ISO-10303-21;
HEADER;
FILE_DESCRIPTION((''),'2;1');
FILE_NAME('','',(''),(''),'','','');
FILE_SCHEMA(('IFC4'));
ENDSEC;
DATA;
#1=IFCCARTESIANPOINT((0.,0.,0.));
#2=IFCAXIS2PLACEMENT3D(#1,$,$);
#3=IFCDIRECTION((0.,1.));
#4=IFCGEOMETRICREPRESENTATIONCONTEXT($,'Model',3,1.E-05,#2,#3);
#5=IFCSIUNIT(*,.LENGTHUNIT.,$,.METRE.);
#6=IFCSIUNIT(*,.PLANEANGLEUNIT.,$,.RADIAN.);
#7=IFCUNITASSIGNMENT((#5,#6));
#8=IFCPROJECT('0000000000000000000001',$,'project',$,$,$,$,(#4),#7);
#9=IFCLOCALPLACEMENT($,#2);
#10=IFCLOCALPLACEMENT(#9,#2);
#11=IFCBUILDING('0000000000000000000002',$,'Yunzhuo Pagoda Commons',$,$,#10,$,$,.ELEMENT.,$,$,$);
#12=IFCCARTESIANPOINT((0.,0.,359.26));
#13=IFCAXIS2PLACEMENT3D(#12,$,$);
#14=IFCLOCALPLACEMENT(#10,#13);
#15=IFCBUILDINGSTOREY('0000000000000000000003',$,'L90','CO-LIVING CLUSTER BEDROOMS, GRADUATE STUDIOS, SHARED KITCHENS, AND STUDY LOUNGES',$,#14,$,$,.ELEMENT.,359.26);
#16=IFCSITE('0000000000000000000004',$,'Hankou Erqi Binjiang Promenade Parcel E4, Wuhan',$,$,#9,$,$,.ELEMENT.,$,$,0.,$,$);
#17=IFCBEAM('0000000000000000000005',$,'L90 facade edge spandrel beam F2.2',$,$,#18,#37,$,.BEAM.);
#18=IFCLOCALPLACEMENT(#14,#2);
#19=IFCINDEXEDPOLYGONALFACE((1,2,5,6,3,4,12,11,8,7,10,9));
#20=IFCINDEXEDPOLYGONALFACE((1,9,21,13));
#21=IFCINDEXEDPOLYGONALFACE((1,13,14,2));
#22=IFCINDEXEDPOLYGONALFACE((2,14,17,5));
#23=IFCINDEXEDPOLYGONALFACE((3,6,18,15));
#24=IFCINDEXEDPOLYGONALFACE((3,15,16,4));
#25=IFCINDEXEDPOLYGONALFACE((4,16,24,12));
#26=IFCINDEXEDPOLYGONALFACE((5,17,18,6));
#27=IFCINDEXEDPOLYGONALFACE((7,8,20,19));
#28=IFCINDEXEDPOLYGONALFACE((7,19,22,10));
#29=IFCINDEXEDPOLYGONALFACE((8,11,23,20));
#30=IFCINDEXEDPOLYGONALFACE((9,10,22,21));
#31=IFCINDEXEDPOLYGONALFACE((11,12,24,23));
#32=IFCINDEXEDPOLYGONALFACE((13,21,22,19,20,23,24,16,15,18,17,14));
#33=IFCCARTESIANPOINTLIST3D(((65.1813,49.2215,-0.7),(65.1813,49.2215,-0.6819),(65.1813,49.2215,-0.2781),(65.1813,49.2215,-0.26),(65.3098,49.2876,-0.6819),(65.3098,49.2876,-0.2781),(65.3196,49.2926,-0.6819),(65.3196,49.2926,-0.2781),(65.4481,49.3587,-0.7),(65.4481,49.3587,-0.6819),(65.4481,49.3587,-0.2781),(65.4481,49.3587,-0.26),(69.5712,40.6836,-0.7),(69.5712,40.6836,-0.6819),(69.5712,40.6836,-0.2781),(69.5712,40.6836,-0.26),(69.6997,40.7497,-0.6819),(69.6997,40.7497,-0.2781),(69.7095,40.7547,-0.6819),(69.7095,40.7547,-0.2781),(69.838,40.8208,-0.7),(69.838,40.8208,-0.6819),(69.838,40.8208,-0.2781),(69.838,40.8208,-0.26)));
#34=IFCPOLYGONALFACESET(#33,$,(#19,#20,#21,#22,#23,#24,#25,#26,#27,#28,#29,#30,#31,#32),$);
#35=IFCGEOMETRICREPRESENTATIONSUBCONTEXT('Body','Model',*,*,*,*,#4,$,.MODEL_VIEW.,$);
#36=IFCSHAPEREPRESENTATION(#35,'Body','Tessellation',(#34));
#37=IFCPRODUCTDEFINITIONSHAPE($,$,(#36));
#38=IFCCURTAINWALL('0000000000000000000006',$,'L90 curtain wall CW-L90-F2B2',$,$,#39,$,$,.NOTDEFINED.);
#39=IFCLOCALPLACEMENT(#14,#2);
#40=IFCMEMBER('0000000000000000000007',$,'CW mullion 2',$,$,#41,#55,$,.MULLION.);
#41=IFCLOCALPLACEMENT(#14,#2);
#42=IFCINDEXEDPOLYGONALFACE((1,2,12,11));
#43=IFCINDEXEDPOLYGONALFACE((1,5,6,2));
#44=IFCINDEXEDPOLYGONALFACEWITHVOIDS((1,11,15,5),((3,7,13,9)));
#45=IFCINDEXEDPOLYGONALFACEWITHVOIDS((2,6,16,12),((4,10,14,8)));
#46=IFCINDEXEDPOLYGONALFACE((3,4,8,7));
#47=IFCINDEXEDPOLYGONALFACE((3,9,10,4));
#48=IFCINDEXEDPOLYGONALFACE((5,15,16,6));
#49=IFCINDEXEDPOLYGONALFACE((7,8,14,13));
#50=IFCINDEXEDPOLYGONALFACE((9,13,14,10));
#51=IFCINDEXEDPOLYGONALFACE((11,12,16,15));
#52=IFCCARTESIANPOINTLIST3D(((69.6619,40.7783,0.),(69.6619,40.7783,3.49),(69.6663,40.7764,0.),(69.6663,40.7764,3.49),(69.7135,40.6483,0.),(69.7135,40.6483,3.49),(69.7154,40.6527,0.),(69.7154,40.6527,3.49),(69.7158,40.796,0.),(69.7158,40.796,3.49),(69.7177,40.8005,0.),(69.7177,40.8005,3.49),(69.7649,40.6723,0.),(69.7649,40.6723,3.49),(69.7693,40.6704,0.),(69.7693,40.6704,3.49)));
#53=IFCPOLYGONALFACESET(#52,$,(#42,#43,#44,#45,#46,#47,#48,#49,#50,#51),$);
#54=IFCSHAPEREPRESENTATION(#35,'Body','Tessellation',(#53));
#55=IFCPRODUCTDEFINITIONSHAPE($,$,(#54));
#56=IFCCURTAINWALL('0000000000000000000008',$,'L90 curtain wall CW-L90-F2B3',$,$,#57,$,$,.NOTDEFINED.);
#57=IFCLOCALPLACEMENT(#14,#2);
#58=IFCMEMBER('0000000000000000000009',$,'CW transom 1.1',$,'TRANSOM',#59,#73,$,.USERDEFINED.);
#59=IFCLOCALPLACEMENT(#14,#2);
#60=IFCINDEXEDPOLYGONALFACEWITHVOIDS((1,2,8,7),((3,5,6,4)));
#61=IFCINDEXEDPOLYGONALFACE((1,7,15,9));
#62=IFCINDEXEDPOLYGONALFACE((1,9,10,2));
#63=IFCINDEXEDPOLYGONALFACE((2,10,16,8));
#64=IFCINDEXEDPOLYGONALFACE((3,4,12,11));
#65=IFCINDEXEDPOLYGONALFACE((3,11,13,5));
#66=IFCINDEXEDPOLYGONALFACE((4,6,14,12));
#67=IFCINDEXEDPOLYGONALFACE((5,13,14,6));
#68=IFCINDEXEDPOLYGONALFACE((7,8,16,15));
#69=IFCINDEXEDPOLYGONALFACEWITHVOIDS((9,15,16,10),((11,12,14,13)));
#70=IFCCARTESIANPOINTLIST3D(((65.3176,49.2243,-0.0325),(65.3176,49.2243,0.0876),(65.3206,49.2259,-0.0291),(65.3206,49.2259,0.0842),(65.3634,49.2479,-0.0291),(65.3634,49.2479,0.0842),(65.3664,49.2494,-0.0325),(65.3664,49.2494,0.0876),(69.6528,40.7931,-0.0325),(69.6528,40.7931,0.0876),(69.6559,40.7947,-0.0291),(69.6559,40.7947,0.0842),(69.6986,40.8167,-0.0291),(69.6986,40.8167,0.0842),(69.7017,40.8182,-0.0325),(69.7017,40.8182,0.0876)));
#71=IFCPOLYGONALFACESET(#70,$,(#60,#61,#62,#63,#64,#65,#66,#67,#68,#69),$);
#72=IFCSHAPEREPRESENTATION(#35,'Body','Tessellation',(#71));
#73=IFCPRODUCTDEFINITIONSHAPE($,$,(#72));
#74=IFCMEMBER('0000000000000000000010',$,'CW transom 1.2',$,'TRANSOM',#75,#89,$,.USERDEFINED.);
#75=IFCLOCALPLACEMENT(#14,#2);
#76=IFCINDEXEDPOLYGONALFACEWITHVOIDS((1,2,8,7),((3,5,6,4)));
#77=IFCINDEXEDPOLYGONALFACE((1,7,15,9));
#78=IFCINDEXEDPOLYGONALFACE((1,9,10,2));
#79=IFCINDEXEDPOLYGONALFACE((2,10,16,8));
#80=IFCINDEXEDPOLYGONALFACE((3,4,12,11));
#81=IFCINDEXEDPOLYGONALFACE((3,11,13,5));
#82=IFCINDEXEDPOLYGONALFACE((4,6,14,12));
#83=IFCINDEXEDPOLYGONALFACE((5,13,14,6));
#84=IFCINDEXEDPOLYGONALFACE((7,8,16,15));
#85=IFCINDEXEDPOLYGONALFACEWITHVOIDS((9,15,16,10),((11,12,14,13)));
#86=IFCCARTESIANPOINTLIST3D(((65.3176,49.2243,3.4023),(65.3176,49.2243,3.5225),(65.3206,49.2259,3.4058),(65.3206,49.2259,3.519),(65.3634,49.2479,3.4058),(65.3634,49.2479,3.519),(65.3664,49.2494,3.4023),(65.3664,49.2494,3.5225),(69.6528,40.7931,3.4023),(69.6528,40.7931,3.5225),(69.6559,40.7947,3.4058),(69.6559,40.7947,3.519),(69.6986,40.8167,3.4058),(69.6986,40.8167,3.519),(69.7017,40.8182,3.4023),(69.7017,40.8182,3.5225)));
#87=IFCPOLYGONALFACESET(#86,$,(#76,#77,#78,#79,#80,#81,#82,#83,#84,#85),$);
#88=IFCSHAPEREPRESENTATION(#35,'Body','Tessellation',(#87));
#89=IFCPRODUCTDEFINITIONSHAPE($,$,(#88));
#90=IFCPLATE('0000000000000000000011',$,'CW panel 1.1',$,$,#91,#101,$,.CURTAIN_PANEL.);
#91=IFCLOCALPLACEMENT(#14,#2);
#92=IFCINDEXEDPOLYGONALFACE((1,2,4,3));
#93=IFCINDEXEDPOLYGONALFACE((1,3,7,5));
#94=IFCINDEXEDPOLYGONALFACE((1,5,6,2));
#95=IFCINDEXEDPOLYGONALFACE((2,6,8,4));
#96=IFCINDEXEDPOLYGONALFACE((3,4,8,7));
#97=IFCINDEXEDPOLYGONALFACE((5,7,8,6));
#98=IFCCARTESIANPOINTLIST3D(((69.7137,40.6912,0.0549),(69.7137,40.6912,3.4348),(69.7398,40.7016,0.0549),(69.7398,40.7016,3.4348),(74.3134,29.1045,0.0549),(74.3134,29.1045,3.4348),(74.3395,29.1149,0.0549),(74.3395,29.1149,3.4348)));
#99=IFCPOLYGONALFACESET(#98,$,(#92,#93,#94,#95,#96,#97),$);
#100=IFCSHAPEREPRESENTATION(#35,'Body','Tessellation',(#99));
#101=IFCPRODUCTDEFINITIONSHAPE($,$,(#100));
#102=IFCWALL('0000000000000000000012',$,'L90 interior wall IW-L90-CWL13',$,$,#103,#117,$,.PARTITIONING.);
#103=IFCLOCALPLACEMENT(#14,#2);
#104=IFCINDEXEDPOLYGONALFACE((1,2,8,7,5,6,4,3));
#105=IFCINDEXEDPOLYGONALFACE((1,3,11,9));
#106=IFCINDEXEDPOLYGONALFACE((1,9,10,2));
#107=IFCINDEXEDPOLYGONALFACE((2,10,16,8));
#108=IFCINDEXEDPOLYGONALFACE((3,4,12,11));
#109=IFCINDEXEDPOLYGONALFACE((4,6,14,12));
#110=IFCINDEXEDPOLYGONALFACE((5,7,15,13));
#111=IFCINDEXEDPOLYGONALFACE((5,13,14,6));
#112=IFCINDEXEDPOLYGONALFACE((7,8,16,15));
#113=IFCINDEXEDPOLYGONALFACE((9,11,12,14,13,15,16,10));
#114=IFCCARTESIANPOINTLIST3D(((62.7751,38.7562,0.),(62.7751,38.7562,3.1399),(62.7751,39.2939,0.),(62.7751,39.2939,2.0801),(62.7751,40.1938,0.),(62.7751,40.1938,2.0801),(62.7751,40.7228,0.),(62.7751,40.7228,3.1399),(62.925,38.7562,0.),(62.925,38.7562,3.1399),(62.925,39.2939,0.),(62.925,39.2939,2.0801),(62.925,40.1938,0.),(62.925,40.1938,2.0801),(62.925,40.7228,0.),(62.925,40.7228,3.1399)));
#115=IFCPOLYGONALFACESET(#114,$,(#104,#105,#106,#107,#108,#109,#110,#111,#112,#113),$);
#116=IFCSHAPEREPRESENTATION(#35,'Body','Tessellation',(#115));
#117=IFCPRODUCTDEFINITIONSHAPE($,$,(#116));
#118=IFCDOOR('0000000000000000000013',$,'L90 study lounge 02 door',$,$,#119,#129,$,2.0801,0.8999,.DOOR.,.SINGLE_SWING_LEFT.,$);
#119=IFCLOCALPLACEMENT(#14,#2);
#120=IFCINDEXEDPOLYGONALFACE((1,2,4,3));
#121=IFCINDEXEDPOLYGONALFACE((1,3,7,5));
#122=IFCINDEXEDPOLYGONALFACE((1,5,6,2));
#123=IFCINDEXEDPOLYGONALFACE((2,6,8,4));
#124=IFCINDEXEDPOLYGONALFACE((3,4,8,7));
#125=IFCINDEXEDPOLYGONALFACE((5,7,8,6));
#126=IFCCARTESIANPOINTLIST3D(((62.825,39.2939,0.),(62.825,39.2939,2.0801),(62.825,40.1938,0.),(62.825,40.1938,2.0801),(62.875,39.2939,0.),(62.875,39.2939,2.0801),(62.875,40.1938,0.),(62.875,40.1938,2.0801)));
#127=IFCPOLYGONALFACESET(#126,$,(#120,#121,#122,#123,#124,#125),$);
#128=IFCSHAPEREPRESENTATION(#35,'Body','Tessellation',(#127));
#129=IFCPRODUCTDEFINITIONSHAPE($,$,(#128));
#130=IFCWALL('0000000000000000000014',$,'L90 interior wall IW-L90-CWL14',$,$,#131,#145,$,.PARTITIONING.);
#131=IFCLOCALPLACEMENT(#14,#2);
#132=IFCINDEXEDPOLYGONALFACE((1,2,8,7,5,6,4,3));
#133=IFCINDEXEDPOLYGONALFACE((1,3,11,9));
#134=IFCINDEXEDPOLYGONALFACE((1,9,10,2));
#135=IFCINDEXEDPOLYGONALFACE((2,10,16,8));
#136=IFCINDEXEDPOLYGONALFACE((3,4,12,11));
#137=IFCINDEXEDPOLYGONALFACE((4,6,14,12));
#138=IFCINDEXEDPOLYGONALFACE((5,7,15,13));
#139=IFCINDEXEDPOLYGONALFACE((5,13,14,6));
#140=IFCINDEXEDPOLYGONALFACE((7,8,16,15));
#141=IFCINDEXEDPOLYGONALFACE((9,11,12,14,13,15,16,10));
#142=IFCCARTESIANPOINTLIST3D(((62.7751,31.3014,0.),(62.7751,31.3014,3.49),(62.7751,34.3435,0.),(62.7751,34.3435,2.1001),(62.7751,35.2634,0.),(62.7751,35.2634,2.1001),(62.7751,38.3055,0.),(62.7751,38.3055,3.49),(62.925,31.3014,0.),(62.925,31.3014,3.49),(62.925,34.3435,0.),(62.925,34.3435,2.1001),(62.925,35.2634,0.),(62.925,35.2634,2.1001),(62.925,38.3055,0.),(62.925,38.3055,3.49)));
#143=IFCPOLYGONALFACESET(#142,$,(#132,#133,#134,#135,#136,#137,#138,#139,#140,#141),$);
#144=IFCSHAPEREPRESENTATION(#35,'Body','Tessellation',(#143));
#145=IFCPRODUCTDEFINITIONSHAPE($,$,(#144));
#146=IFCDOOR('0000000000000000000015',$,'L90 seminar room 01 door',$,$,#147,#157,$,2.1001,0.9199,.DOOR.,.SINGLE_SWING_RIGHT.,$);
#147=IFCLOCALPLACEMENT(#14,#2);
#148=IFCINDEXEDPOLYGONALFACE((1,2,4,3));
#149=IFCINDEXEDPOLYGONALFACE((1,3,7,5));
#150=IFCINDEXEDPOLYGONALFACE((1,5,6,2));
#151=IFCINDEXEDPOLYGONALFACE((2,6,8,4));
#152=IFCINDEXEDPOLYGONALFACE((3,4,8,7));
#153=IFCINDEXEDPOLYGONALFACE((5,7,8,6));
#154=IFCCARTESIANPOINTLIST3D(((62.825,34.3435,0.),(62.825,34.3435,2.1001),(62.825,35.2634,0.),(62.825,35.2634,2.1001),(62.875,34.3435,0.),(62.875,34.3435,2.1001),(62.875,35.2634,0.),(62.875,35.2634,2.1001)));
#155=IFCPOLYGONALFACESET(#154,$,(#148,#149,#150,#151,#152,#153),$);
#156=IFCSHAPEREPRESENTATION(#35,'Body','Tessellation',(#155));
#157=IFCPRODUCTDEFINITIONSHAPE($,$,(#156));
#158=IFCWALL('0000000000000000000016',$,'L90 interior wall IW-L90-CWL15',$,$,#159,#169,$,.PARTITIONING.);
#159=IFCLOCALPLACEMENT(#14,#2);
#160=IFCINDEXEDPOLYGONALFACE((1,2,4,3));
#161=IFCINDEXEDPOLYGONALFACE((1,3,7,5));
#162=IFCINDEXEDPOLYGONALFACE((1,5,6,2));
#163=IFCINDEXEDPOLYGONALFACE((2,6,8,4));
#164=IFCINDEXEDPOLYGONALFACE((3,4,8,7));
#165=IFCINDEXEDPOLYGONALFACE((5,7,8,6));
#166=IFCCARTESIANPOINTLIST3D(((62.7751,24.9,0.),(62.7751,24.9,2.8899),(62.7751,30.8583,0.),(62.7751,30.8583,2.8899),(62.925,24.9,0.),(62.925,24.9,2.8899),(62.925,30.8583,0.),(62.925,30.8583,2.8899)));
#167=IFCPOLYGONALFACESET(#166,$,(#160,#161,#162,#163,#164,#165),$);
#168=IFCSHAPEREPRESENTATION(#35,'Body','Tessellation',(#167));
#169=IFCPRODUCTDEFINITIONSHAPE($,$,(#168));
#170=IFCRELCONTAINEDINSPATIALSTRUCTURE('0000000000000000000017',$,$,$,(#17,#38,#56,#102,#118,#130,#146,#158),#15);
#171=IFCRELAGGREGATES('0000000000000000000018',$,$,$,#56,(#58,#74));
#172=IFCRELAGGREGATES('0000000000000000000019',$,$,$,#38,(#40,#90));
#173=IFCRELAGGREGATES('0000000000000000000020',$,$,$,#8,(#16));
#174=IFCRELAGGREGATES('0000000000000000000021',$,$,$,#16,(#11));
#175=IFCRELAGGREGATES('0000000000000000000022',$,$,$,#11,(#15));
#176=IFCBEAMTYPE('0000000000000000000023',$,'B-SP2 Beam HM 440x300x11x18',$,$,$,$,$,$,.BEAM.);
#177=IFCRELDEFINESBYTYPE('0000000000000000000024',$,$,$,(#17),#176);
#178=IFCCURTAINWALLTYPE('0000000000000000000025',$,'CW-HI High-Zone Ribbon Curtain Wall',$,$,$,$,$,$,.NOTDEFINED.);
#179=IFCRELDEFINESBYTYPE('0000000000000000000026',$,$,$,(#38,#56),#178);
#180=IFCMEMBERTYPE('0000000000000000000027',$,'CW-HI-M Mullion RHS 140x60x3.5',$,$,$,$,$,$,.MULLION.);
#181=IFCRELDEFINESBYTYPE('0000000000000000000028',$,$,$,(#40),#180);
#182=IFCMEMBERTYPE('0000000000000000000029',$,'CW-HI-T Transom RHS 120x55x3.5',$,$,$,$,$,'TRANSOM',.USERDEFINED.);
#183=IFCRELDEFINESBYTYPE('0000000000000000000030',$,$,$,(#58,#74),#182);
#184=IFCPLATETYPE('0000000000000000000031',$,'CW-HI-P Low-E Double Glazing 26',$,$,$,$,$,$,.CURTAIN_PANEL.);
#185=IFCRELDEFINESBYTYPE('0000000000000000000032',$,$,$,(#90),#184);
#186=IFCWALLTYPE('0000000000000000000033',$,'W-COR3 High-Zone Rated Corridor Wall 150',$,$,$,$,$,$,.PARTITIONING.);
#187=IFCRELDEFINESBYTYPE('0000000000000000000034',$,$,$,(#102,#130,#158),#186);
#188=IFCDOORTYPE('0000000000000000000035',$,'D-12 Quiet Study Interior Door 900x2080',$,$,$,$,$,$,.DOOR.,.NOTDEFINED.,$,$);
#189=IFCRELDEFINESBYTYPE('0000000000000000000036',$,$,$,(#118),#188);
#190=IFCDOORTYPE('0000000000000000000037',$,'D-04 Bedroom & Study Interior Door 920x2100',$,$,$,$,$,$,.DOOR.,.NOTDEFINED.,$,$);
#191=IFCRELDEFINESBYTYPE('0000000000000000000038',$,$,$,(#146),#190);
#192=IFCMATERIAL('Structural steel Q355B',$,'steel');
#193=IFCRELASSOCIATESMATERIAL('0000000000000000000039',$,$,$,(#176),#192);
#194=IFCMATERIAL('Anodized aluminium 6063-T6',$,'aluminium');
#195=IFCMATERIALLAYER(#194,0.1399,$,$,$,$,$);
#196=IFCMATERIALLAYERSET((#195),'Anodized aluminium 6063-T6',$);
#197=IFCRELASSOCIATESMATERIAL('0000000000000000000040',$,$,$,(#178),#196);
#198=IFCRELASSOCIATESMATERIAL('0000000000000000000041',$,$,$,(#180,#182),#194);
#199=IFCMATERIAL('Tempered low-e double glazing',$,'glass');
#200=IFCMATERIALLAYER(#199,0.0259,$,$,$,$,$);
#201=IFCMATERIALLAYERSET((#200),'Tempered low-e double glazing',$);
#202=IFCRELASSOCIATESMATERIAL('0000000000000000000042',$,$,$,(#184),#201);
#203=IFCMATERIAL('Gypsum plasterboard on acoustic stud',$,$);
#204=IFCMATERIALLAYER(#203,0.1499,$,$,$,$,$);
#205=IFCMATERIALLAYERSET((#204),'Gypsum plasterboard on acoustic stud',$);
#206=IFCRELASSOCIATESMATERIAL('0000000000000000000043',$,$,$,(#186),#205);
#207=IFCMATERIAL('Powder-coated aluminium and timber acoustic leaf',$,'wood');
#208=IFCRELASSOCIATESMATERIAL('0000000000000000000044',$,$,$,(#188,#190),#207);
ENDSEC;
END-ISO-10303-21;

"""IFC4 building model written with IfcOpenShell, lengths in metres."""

from ifc_helpers import new_model, si_unit, direction, frame, frame_2d, origin, origin_with_axes, origin_2d, place, context, subcontext, project, spatial, rectangle, hollow_rectangle, i_section, extrude, source, transform, mapped, material, layer, layer_set, material_profile, profile_set, type_object, element, fill, aggregate, save


model = new_model("IFC4")

# Units and contexts
model_context = context("Model", 3, precision=1e-05, world=origin(), true_north=direction((0.0, 1.0)))
body_context = subcontext(model_context, "Body", "Model", "MODEL_VIEW")
ifc_project = project(units=[si_unit("LENGTHUNIT", "METRE"), si_unit("PLANEANGLEUNIT", "RADIAN")], contexts=[model_context])

# Site, building, storey
site_placement = place(None, origin())
site = spatial("IfcSite", under=ifc_project, at=site_placement, Name="Hankou Erqi Binjiang Promenade Parcel E4, Wuhan", CompositionType="ELEMENT", RefElevation=0.0)
building_placement = place(site_placement, origin())
building = spatial("IfcBuilding", under=site, at=building_placement, Name="Yunzhuo Pagoda Commons", CompositionType="ELEMENT")
storey_placement = place(building_placement, frame((0.0, 0.0, 359.26)))
storey = spatial("IfcBuildingStorey", under=building, at=storey_placement, Name="L90", Description="CO-LIVING CLUSTER BEDROOMS, GRADUATE STUDIOS, SHARED KITCHENS, AND STUDY LOUNGES", CompositionType="ELEMENT", Elevation=359.26)

# Shared definitions
ifc_material_1 = material(Name="Structural steel Q355B", Category="steel")

# Beam
ifc_material_profile_1 = material_profile(ifc_material_1, i_section(OverallWidth=0.3, OverallDepth=0.4399, WebThickness=0.011, FlangeThickness=0.0181, at=origin_2d()), Name="Structural steel Q355B")
ifc_profile_set_1 = profile_set([ifc_material_profile_1], Name="Structural steel Q355B")
beam_type_1 = type_object("IfcBeamType", Name="B-SP2 Beam HM 440x300x11x18", PredefinedType="BEAM", material=ifc_profile_set_1)
shared_shape_1 = source(origin(), body_context, "Body", "SweptSolid", [
    extrude(i_section(OverallWidth=0.3, OverallDepth=0.4399, WebThickness=0.011, FlangeThickness=0.0181, at=origin_2d()), origin(), (0.0, 0.0, 1.0), 9.6003),
])
beam_1_placement = place(storey_placement, frame((69.7046, 40.7522, -0.48), z_axis=(-0.457266, 0.88933, 0.0), x_axis=(-0.88933, -0.457266, 0.0)))
element("IfcBeam", 1, at=beam_1_placement, inside=storey, type_object=beam_type_1, Name="L90 facade edge spandrel beam F2.2", PredefinedType="BEAM", context=body_context, shape_type="MappedRepresentation", body=[
    mapped(shared_shape_1, transform((0.0, 0.0, 0.0), scale=1.0)),
])

# Curtain wall, member
ifc_material_2 = material(Name="Anodized aluminium 6063-T6", Category="aluminium")
ifc_layer_1 = layer(ifc_material_2, 0.1399)
ifc_layer_set_1 = layer_set([ifc_layer_1], Name="Anodized aluminium 6063-T6")
curtain_wall_type = type_object("IfcCurtainWallType", Name="CW-HI High-Zone Ribbon Curtain Wall", PredefinedType="NOTDEFINED", material=ifc_layer_set_1)
curtain_wall_1_placement = place(storey_placement, origin())
curtain_wall_1 = element("IfcCurtainWall", 2, at=curtain_wall_1_placement, inside=storey, type_object=curtain_wall_type, Name="L90 curtain wall CW-L90-F2B2", PredefinedType="NOTDEFINED")
ifc_material_profile_2 = material_profile(ifc_material_2, hollow_rectangle(XDim=0.0601, YDim=0.1399, WallThickness=0.0034, at=origin_2d()), Name="Anodized aluminium 6063-T6")
ifc_profile_set_2 = profile_set([ifc_material_profile_2], Name="Anodized aluminium 6063-T6")
member_type_1 = type_object("IfcMemberType", Name="CW-HI-M Mullion RHS 140x60x3.5", PredefinedType="MULLION", material=ifc_profile_set_2)
shared_shape_2 = source(origin(), body_context, "Body", "SweptSolid", [
    extrude(hollow_rectangle(XDim=0.0601, YDim=0.1399, WallThickness=0.0034, at=origin_2d()), origin(), (0.0, 0.0, 1.0), 3.49),
])
member_1_placement = place(storey_placement, frame((69.7156, 40.7244, 0.0), z_axis=(0.0, 0.0, 1.0), x_axis=(-0.929441, -0.36897, 0.0)))
member_1 = element("IfcMember", 3, at=member_1_placement, type_object=member_type_1, Name="CW mullion 2", PredefinedType="MULLION", context=body_context, shape_type="MappedRepresentation", body=[
    mapped(shared_shape_2, transform((0.0, 0.0, 0.0), scale=1.0)),
])

# Curtain wall, members
curtain_wall_2_placement = place(storey_placement, origin())
curtain_wall_2 = element("IfcCurtainWall", 4, at=curtain_wall_2_placement, inside=storey, type_object=curtain_wall_type, Name="L90 curtain wall CW-L90-F2B3", PredefinedType="NOTDEFINED")
ifc_material_profile_3 = material_profile(ifc_material_2, hollow_rectangle(XDim=0.0549, YDim=0.1201, WallThickness=0.0034, at=origin_2d()), Name="Anodized aluminium 6063-T6")
ifc_profile_set_3 = profile_set([ifc_material_profile_3], Name="Anodized aluminium 6063-T6")
member_type_2 = type_object("IfcMemberType", Name="CW-HI-T Transom RHS 120x55x3.5", ElementType="TRANSOM", PredefinedType="USERDEFINED", material=ifc_profile_set_3)
shared_shape_3 = source(origin(), body_context, "Body", "SweptSolid", [
    extrude(hollow_rectangle(XDim=0.0549, YDim=0.1201, WallThickness=0.0034, at=origin_2d()), origin(), (0.0, 0.0, 1.0), 9.4805),
])
member_2_placement = place(storey_placement, frame((69.6772, 40.8057, 0.0276), z_axis=(-0.45728, 0.889323, 0.0), x_axis=(-0.889323, -0.45728, 0.0)))
member_2 = element("IfcMember", 5, at=member_2_placement, type_object=member_type_2, Name="CW transom 1.1", ObjectType="TRANSOM", PredefinedType="USERDEFINED", context=body_context, shape_type="MappedRepresentation", body=[
    mapped(shared_shape_3, transform((0.0, 0.0, 0.0), scale=1.0)),
])
member_3_placement = place(storey_placement, frame((69.6772, 40.8057, 3.4624), z_axis=(-0.45728, 0.889323, 0.0), x_axis=(-0.889323, -0.45728, 0.0)))
member_3 = element("IfcMember", 6, at=member_3_placement, type_object=member_type_2, Name="CW transom 1.2", ObjectType="TRANSOM", PredefinedType="USERDEFINED", context=body_context, shape_type="MappedRepresentation", body=[
    mapped(shared_shape_3, transform((0.0, 0.0, 0.0), scale=1.0)),
])
aggregate(curtain_wall_2, [member_2, member_3])

# Plate
ifc_material_3 = material(Name="Tempered low-e double glazing", Category="glass")
ifc_layer_2 = layer(ifc_material_3, 0.0259)
ifc_layer_set_2 = layer_set([ifc_layer_2], Name="Tempered low-e double glazing")
plate_type = type_object("IfcPlateType", Name="CW-HI-P Low-E Double Glazing 26", PredefinedType="CURTAIN_PANEL", material=ifc_layer_set_2)
shared_shape_4 = source(origin(), body_context, "Body", "SweptSolid", [
    extrude(rectangle(XDim=12.4663, YDim=0.0281, at=origin_2d()), origin(), (0.0, 0.0, 1.0), 3.3799),
])
plate_placement = place(storey_placement, frame((72.0266, 34.9031, 0.0549), z_axis=(0.0, 0.0, 1.0), x_axis=(-0.36897, 0.929441, 0.0)))
plate = element("IfcPlate", 7, at=plate_placement, type_object=plate_type, Name="CW panel 1.1", PredefinedType="CURTAIN_PANEL", context=body_context, shape_type="MappedRepresentation", body=[
    mapped(shared_shape_4, transform((0.0, 0.0, 0.0), scale=1.0)),
])
aggregate(curtain_wall_1, [member_1, plate])

# Walls, openings, doors
ifc_material_4 = material(Name="Gypsum plasterboard on acoustic stud")
ifc_layer_3 = layer(ifc_material_4, 0.1499)
ifc_layer_set_3 = layer_set([ifc_layer_3], Name="Gypsum plasterboard on acoustic stud")
wall_type_1 = type_object("IfcWallType", Name="W-COR3 High-Zone Rated Corridor Wall 150", PredefinedType="PARTITIONING", material=ifc_layer_set_3)
wall_1_placement = place(storey_placement, frame((62.8501, 40.7229, 0.0), z_axis=(0.0, 0.0, 1.0), x_axis=(0.0, -1.0, 0.0)))
wall_1 = element("IfcWall", 8, at=wall_1_placement, inside=storey, type_object=wall_type_1, Name="L90 interior wall IW-L90-CWL13", PredefinedType="PARTITIONING", context=body_context, shape_type="SweptSolid", body=[
    extrude(rectangle(XDim=1.9666, YDim=0.1499, at=frame_2d((0.9834, 0.0))), origin(), (0.0, 0.0, 1.0), 3.1399),
])
opening_1_placement = place(wall_1_placement, frame((0.5291, 0.0, 0.0)))
opening_1 = element("IfcOpeningElement", 9, at=opening_1_placement, cuts=wall_1, PredefinedType="OPENING", context=body_context, shape_type="SweptSolid", body=[
    extrude(rectangle(XDim=0.8999, YDim=2.0801, at=frame_2d((0.45, 1.04))), frame((0.0, 0.085, 0.0), z_axis=(0.0, -1.0, 0.0), x_axis=(1.0, 0.0, 0.0)), (0.0, 0.0, 1.0), 0.1699),
])
ifc_material_5 = material(Name="Powder-coated aluminium and timber acoustic leaf", Category="wood")
door_type_1 = type_object("IfcDoorType", Name="D-12 Quiet Study Interior Door 900x2080", OperationType="NOTDEFINED", PredefinedType="DOOR", material=ifc_material_5)
shared_shape_5 = source(origin(), body_context, "Body", "SweptSolid", [
    extrude(rectangle(XDim=0.8999, YDim=2.0801, at=frame_2d((0.45, 1.04))), frame((0.0, 0.0249, 0.0), z_axis=(0.0, -1.0, 0.0), x_axis=(1.0, 0.0, 0.0)), (0.0, 0.0, 1.0), 0.05),
])
door_1_placement = place(opening_1_placement, origin_with_axes())
door_1 = element("IfcDoor", 10, at=door_1_placement, inside=storey, type_object=door_type_1, Name="L90 study lounge 02 door", OperationType="SINGLE_SWING_LEFT", OverallHeight=2.0801, OverallWidth=0.8999, PredefinedType="DOOR", context=body_context, shape_type="MappedRepresentation", body=[
    mapped(shared_shape_5, transform((0.0, 0.0, 0.0), scale=1.0)),
])
fill(opening_1, door_1)
wall_2_placement = place(storey_placement, frame((62.8501, 38.3054, 0.0), z_axis=(0.0, 0.0, 1.0), x_axis=(0.0, -1.0, 0.0)))
wall_2 = element("IfcWall", 11, at=wall_2_placement, inside=storey, type_object=wall_type_1, Name="L90 interior wall IW-L90-CWL14", PredefinedType="PARTITIONING", context=body_context, shape_type="SweptSolid", body=[
    extrude(rectangle(XDim=7.0042, YDim=0.1499, at=frame_2d((3.502, 0.0))), origin(), (0.0, 0.0, 1.0), 3.49),
])
opening_2_placement = place(wall_2_placement, frame((3.042, 0.0, 0.0)))
opening_2 = element("IfcOpeningElement", 12, at=opening_2_placement, cuts=wall_2, PredefinedType="OPENING", context=body_context, shape_type="SweptSolid", body=[
    extrude(rectangle(XDim=0.9199, YDim=2.1001, at=frame_2d((0.46, 1.05))), frame((0.0, 0.085, 0.0), z_axis=(0.0, -1.0, 0.0), x_axis=(1.0, 0.0, 0.0)), (0.0, 0.0, 1.0), 0.1699),
])
door_type_2 = type_object("IfcDoorType", Name="D-04 Bedroom & Study Interior Door 920x2100", OperationType="NOTDEFINED", PredefinedType="DOOR", material=ifc_material_5)
shared_shape_6 = source(origin(), body_context, "Body", "SweptSolid", [
    extrude(rectangle(XDim=0.9199, YDim=2.1001, at=frame_2d((0.46, 1.05))), frame((0.0, 0.0249, 0.0), z_axis=(0.0, -1.0, 0.0), x_axis=(1.0, 0.0, 0.0)), (0.0, 0.0, 1.0), 0.05),
])
door_2_placement = place(opening_2_placement, origin_with_axes())
door_2 = element("IfcDoor", 13, at=door_2_placement, inside=storey, type_object=door_type_2, Name="L90 seminar room 01 door", OperationType="SINGLE_SWING_RIGHT", OverallHeight=2.1001, OverallWidth=0.9199, PredefinedType="DOOR", context=body_context, shape_type="MappedRepresentation", body=[
    mapped(shared_shape_6, transform((0.0, 0.0, 0.0), scale=1.0)),
])
fill(opening_2, door_2)

# Wall
wall_3_placement = place(storey_placement, frame((62.8501, 30.8582, 0.0), z_axis=(0.0, 0.0, 1.0), x_axis=(0.0, -1.0, 0.0)))
element("IfcWall", 14, at=wall_3_placement, inside=storey, type_object=wall_type_1, Name="L90 interior wall IW-L90-CWL15", PredefinedType="PARTITIONING", context=body_context, shape_type="SweptSolid", body=[
    extrude(rectangle(XDim=5.9583, YDim=0.1499, at=frame_2d((2.979, 0.0))), origin(), (0.0, 0.0, 1.0), 2.8899),
])

save(model, "model.ifc")
